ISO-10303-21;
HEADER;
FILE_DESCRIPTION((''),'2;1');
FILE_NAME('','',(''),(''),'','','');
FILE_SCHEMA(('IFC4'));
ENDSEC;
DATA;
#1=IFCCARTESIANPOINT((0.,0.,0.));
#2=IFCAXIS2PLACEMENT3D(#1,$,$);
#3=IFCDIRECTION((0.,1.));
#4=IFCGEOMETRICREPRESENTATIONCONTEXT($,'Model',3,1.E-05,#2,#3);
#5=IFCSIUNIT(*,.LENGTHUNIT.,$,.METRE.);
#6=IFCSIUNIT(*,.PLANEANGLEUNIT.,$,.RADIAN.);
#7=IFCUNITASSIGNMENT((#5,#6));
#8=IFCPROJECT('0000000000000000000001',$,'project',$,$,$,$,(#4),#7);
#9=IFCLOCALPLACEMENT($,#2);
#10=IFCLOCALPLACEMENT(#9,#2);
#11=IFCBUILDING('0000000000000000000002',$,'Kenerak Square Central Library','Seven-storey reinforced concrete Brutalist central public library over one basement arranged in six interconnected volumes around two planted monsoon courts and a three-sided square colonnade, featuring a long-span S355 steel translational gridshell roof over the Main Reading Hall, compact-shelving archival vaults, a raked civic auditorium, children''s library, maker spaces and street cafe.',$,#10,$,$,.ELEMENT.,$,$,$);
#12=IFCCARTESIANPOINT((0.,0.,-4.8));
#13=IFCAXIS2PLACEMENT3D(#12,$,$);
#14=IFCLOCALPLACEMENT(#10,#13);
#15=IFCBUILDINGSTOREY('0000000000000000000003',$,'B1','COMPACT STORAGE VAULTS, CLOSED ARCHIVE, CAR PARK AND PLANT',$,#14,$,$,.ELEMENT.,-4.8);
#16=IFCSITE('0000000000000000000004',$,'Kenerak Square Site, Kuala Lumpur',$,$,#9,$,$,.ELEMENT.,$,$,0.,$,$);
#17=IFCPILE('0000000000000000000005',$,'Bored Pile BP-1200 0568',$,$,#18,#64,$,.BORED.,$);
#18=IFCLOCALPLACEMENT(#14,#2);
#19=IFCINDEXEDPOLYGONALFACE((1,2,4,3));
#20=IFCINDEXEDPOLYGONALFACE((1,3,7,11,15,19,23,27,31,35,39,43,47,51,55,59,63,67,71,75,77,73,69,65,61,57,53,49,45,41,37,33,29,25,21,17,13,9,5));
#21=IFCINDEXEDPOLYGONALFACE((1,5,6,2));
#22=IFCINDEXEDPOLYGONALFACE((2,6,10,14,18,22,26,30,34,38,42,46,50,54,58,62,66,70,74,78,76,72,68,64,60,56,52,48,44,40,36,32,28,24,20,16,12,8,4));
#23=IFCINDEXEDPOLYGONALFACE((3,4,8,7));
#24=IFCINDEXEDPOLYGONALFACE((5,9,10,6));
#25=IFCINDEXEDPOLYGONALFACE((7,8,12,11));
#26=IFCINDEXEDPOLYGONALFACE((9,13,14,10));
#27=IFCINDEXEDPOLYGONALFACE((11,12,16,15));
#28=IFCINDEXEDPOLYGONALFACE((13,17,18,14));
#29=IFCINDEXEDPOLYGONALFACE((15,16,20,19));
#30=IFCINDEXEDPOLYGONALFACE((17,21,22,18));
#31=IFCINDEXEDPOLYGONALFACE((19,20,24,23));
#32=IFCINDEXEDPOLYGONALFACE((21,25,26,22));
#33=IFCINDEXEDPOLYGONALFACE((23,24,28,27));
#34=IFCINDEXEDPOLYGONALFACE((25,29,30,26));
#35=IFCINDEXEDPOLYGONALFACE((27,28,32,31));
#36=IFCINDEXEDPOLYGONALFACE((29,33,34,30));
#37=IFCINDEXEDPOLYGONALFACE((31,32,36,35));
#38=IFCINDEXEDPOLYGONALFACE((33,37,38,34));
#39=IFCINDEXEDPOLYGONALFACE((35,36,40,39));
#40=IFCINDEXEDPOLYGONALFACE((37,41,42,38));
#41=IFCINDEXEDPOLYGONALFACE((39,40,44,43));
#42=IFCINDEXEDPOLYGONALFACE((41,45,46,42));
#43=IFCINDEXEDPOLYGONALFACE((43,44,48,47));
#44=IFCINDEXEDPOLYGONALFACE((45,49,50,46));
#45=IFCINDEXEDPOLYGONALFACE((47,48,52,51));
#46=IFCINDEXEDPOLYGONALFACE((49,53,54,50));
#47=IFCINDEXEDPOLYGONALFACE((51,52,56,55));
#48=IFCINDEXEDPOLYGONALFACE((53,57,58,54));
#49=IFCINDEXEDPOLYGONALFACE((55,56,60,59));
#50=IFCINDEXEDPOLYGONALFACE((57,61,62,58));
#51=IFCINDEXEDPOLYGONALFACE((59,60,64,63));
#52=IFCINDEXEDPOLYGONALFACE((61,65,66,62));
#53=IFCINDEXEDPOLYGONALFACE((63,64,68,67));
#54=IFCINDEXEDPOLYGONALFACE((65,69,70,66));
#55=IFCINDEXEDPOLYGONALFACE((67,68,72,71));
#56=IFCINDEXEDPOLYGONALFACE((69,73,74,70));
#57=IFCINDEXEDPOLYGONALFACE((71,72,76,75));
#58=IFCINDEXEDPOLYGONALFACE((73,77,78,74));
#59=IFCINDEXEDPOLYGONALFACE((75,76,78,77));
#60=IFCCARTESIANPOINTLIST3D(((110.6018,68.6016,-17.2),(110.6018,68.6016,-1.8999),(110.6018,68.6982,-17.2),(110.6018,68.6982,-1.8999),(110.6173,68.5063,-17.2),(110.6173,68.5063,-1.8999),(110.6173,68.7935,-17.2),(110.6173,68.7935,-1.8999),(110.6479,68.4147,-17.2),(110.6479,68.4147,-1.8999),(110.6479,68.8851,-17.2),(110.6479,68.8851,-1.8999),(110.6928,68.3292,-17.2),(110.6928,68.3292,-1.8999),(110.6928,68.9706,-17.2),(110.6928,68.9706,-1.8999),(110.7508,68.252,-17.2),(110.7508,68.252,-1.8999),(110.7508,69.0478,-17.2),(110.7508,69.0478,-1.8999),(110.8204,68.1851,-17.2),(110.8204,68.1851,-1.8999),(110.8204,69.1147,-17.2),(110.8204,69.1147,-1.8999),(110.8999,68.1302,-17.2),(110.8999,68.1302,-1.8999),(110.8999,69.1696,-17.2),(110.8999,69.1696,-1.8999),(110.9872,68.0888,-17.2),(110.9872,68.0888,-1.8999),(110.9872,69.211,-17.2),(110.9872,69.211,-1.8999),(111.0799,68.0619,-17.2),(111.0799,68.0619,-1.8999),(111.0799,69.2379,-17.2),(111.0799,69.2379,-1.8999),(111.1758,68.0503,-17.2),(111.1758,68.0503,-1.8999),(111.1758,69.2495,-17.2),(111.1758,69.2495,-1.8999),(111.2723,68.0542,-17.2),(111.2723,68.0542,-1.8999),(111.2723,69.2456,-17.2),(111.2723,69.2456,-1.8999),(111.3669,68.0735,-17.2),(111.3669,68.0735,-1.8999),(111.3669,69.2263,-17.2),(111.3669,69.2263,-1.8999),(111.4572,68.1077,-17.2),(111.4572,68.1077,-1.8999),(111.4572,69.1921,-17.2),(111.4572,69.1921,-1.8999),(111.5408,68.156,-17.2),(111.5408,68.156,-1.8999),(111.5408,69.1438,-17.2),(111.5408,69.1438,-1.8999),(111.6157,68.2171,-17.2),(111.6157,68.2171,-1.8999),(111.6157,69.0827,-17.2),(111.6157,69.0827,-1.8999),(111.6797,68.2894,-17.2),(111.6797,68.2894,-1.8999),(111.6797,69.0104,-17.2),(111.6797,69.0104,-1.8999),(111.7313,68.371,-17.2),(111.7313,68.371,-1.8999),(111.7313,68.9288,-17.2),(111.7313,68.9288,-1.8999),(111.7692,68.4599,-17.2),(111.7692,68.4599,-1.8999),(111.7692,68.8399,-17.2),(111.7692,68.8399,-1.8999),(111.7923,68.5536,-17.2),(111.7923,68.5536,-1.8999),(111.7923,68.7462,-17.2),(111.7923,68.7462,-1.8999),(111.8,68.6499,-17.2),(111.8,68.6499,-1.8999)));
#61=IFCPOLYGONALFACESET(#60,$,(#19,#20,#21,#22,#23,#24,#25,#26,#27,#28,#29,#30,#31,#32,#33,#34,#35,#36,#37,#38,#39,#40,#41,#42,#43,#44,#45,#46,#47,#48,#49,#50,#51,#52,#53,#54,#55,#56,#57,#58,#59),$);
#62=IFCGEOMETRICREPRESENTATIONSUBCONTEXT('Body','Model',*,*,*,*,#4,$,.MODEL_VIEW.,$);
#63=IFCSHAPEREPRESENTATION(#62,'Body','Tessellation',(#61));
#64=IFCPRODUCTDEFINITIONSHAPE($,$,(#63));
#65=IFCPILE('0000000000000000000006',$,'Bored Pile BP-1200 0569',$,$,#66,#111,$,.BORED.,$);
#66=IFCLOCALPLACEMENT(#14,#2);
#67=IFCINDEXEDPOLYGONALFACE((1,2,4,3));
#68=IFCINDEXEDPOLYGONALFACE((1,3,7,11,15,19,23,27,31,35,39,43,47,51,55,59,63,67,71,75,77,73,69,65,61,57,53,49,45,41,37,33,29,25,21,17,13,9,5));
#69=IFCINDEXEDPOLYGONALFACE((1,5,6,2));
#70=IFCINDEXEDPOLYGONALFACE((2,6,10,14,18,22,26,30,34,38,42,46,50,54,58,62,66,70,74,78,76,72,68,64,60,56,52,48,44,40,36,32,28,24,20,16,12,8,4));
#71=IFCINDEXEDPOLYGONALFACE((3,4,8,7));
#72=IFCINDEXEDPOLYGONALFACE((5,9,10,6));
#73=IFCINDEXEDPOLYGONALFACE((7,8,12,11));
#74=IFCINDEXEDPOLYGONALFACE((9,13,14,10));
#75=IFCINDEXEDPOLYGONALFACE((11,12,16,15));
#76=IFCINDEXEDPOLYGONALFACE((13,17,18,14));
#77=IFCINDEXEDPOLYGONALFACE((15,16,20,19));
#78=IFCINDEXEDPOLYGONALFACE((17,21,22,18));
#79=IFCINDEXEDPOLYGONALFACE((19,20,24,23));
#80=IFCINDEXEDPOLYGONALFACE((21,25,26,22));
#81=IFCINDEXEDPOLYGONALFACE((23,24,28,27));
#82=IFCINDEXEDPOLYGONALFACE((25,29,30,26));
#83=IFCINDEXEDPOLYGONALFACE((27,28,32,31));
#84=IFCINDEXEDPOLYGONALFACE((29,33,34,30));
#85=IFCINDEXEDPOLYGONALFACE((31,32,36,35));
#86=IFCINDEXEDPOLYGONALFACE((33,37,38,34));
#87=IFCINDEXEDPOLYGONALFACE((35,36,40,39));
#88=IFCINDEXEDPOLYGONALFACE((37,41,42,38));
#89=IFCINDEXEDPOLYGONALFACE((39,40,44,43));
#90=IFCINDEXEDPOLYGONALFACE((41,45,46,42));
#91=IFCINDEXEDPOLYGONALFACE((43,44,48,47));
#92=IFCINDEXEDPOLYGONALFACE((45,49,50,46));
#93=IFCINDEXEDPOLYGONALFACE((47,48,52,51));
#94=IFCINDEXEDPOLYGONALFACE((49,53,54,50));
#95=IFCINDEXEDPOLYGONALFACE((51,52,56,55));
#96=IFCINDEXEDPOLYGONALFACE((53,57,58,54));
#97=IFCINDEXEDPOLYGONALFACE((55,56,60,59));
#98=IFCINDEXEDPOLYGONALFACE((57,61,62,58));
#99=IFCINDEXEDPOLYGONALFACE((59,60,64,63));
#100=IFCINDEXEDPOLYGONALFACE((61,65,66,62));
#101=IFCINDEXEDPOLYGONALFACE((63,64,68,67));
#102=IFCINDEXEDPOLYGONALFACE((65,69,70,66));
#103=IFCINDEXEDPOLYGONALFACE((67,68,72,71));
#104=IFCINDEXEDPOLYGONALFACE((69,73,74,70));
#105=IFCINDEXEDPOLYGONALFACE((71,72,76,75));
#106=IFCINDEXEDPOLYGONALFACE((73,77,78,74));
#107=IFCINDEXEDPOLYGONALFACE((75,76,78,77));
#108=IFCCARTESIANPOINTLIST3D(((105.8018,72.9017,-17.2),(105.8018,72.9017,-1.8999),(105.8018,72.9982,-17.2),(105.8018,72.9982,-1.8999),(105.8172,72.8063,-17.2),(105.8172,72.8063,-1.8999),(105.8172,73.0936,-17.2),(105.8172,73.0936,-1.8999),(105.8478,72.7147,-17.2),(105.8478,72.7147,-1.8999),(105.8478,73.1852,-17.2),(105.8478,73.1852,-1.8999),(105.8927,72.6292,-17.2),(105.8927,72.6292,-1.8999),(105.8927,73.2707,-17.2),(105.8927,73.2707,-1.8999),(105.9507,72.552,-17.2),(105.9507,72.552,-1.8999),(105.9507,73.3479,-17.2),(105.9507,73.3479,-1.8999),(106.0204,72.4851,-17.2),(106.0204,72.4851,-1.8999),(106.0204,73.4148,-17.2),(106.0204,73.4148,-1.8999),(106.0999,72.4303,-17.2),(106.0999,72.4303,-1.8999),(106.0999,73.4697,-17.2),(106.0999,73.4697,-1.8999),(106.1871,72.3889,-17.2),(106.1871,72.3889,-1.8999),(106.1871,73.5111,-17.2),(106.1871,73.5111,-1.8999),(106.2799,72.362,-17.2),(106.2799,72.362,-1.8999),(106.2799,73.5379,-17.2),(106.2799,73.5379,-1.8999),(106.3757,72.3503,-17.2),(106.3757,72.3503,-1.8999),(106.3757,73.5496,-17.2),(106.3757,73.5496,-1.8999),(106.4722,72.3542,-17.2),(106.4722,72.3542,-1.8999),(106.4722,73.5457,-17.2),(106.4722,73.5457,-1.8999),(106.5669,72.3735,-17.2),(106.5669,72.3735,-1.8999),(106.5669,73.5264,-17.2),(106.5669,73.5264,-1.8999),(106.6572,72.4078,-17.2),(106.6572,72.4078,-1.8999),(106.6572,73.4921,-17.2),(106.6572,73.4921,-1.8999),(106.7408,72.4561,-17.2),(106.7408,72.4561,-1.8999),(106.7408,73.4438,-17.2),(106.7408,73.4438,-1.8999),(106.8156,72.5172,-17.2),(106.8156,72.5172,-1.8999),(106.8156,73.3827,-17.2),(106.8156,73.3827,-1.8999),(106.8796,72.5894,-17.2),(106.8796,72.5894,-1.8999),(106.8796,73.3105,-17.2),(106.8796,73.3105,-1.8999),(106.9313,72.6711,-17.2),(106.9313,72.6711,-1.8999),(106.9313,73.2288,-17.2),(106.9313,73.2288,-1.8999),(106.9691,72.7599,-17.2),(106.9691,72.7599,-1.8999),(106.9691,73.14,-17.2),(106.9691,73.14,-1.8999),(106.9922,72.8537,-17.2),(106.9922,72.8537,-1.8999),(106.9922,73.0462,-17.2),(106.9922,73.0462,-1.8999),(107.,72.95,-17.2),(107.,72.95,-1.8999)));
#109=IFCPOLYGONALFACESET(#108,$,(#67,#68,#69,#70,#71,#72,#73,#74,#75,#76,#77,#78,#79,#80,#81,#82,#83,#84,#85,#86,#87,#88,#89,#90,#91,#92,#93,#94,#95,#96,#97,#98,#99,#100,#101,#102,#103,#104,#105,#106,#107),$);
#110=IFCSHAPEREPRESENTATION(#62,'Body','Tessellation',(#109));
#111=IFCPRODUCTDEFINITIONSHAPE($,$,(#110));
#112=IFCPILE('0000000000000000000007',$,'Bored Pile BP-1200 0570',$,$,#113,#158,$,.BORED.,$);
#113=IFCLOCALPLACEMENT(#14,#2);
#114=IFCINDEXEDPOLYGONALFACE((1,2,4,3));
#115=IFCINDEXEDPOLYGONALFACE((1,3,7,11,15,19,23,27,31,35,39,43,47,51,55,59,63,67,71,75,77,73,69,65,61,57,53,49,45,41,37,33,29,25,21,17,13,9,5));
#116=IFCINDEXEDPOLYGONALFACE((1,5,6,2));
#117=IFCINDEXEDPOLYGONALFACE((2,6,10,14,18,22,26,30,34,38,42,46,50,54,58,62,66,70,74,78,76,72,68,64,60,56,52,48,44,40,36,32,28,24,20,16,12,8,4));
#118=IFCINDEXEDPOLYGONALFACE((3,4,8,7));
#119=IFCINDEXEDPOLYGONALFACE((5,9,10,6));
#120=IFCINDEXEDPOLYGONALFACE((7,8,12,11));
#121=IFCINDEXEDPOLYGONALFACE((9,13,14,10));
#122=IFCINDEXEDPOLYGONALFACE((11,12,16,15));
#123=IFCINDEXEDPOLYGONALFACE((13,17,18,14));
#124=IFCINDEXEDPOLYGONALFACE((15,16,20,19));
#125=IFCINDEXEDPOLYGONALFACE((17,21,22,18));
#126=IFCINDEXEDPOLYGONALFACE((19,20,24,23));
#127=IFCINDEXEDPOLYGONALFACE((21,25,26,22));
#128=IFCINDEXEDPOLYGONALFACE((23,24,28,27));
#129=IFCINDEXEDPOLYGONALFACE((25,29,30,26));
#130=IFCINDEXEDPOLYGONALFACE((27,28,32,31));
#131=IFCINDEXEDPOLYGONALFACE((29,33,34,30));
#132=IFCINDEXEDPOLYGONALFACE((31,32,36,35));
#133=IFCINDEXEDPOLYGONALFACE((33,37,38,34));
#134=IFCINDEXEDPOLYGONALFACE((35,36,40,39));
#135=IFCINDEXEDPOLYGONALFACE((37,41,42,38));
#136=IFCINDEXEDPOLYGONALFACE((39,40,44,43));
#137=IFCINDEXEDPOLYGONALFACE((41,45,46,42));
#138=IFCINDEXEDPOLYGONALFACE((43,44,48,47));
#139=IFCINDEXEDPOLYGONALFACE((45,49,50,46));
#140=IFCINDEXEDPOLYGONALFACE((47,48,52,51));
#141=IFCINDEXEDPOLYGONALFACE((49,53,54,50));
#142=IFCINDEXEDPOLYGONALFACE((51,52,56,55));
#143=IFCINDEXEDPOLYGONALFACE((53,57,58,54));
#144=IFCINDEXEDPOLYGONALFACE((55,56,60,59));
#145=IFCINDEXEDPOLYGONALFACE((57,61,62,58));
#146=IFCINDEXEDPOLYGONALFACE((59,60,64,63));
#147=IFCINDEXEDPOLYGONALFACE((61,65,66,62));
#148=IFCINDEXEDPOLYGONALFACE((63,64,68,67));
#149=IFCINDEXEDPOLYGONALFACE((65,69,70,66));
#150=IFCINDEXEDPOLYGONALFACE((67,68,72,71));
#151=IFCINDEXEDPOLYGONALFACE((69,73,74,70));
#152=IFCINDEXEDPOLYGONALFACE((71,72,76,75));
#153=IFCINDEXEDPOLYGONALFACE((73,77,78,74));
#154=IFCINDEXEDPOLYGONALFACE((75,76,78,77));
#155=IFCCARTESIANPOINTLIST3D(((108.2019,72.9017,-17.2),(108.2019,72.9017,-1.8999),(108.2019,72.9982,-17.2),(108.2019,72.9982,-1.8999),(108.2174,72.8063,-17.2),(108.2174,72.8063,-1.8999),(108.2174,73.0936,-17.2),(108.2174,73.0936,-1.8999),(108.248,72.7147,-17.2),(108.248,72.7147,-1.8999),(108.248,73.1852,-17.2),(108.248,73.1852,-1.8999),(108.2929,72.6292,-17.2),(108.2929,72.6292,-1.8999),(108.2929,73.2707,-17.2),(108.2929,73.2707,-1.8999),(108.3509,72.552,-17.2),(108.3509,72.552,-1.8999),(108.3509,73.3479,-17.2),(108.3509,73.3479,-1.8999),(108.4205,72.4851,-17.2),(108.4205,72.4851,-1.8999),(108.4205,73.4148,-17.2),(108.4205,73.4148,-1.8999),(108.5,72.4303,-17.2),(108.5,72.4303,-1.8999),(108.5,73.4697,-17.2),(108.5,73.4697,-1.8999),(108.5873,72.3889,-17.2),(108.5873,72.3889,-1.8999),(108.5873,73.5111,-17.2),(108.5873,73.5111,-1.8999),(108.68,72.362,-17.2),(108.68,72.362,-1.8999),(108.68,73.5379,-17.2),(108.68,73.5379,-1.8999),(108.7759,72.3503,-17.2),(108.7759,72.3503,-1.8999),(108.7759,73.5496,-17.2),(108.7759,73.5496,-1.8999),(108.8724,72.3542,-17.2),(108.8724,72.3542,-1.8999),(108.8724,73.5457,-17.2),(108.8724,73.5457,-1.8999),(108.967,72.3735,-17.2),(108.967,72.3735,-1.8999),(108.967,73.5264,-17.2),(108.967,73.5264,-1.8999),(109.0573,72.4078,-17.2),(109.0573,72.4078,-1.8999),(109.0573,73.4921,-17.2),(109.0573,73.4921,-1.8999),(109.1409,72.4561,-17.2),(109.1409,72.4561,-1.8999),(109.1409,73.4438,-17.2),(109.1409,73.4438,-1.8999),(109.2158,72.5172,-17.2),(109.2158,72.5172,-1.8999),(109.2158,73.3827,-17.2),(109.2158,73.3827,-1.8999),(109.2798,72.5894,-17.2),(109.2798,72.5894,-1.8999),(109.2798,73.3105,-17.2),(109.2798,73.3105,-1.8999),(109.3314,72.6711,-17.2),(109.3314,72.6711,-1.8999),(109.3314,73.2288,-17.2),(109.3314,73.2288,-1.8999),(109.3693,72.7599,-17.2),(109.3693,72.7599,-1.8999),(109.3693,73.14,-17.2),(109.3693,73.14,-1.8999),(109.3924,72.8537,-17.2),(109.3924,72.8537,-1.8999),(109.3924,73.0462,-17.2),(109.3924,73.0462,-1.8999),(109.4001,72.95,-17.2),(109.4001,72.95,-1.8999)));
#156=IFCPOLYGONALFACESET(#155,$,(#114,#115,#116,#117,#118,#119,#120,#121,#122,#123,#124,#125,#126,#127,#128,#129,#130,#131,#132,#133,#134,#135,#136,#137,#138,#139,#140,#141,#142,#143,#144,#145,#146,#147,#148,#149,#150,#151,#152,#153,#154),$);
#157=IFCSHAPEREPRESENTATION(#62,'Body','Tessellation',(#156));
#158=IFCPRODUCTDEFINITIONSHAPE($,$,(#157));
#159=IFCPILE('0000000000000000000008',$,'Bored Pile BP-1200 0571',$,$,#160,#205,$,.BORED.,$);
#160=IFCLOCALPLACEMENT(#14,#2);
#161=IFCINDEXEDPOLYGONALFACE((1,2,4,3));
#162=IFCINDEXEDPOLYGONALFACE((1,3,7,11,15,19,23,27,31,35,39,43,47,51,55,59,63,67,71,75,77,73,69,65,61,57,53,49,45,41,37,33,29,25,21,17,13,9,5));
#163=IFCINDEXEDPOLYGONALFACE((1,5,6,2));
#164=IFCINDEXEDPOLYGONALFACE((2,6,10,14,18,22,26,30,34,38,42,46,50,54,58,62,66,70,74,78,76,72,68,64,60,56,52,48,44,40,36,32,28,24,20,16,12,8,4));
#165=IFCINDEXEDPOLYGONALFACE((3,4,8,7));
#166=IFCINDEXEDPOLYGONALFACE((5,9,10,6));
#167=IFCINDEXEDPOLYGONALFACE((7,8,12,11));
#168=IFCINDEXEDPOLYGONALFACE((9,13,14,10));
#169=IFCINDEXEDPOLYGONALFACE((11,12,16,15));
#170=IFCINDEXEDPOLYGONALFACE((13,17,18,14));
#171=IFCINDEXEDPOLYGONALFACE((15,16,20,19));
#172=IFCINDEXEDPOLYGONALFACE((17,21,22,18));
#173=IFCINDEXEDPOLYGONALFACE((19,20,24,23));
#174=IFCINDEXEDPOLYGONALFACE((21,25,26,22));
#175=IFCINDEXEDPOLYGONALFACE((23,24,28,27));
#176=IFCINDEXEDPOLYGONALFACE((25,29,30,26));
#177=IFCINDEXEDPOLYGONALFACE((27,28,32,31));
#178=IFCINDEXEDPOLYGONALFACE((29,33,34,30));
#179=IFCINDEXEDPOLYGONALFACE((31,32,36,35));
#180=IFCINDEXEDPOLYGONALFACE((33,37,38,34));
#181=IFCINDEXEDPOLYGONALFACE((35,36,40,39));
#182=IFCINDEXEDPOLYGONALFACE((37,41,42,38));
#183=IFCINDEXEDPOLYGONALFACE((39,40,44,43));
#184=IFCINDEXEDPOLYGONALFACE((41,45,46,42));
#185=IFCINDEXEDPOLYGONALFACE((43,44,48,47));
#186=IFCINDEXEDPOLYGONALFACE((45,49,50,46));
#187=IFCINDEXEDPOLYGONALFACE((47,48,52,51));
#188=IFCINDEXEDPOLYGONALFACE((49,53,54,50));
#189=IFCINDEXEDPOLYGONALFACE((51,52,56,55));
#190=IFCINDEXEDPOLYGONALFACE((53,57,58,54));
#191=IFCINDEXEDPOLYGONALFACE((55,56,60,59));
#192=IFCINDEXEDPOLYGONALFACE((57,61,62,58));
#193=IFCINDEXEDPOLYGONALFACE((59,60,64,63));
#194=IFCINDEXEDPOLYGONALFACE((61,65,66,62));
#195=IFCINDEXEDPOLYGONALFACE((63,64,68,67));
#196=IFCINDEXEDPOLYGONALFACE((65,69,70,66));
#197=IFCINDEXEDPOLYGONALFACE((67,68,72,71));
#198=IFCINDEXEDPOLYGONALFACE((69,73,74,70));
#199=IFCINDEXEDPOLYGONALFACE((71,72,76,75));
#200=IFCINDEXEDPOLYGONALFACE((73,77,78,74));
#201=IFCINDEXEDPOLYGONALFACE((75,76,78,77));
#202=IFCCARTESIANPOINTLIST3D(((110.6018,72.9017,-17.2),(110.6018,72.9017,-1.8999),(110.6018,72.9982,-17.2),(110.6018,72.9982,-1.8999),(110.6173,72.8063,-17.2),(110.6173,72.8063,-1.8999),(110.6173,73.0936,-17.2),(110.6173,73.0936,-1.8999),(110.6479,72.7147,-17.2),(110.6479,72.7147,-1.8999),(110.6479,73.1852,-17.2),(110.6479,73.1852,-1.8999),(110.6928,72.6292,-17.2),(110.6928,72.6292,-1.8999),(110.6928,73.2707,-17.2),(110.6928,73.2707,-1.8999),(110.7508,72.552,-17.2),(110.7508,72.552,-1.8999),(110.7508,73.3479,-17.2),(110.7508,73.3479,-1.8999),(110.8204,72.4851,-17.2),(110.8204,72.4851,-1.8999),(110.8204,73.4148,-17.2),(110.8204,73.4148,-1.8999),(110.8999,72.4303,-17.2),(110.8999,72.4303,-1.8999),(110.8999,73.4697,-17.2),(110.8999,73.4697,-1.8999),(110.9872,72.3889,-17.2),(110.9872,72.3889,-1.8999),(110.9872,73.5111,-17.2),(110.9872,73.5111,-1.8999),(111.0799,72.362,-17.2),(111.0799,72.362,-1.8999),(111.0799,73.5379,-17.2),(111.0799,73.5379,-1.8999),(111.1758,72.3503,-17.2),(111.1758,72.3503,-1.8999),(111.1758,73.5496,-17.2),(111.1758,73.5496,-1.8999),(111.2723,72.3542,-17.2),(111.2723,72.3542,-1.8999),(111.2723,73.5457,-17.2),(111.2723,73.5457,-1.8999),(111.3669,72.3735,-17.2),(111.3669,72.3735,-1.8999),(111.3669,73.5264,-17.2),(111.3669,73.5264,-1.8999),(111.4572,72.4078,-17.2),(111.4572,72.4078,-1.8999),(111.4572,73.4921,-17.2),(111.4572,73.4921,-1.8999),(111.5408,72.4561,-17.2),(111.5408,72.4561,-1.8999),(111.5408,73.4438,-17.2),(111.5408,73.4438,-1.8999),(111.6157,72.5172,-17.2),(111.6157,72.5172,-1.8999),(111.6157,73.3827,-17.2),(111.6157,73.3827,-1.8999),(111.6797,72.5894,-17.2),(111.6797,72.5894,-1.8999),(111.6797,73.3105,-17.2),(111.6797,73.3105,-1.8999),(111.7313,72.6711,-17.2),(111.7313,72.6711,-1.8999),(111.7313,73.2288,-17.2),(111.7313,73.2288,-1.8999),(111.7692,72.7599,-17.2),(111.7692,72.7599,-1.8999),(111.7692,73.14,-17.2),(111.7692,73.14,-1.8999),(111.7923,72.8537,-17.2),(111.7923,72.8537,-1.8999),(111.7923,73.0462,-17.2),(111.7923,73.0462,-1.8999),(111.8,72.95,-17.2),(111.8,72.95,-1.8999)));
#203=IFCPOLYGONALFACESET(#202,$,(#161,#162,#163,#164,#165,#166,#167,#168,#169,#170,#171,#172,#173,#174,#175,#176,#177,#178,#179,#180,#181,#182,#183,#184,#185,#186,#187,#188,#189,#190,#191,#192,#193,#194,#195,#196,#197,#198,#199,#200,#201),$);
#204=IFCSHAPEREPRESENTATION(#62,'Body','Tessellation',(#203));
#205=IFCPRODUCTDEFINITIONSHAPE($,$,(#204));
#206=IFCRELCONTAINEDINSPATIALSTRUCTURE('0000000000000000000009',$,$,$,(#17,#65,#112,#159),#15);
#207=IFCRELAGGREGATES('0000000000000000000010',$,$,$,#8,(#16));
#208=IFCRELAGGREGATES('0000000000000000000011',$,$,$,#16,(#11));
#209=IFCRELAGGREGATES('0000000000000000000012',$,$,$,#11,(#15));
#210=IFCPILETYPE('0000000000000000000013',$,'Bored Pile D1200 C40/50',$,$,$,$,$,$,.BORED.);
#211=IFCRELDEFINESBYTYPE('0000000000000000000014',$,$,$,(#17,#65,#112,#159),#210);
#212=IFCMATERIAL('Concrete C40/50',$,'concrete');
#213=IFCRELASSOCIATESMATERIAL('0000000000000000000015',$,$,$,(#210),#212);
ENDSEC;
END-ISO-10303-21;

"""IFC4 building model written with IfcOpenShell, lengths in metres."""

from ifc_helpers import new_model, si_unit, direction, frame, origin, origin_2d, place, context, subcontext, project, spatial, circle, extrude, material, material_profile, profile_set, type_object, element, save


model = new_model("IFC4")

# Units and contexts
model_context = context("Model", 3, precision=1e-05, world=origin(), true_north=direction((0.0, 1.0)))
body_context = subcontext(model_context, "Body", "Model", "MODEL_VIEW")
ifc_project = project(units=[si_unit("LENGTHUNIT", "METRE"), si_unit("PLANEANGLEUNIT", "RADIAN")], contexts=[model_context])

# Site, building, storey
site_placement = place(None, origin())
site = spatial("IfcSite", under=ifc_project, at=site_placement, Name="Kenerak Square Site, Kuala Lumpur", CompositionType="ELEMENT", RefElevation=0.0)
building_placement = place(site_placement, origin())
building = spatial("IfcBuilding", under=site, at=building_placement, Name="Kenerak Square Central Library", Description="Seven-storey reinforced concrete Brutalist central public library over one basement arranged in six interconnected volumes around two planted monsoon courts and a three-sided square colonnade, featuring a long-span S355 steel translational gridshell roof over the Main Reading Hall, compact-shelving archival vaults, a raked civic auditorium, children's library, maker spaces and street cafe.", CompositionType="ELEMENT")
storey_placement = place(building_placement, frame((0.0, 0.0, -4.8)))
storey = spatial("IfcBuildingStorey", under=building, at=storey_placement, Name="B1", Description="COMPACT STORAGE VAULTS, CLOSED ARCHIVE, CAR PARK AND PLANT", CompositionType="ELEMENT", Elevation=-4.8)

# Piles
ifc_material_1 = material(Name="Concrete C40/50", Category="concrete")
ifc_material_profile_1 = material_profile(ifc_material_1, circle(Radius=0.6001, at=origin_2d()), Name="BP D1200")
ifc_profile_set_1 = profile_set([ifc_material_profile_1], Name="Concrete C40/50")
pile_type = type_object("IfcPileType", Name="Bored Pile D1200 C40/50", PredefinedType="BORED", material=ifc_profile_set_1)
for number, where, z_axis, x_axis, name in (
    (1, (111.2, 68.6499, -1.8999), (0.0, 0.0, -1.0), (1.0, 0.0, 0.0), "Bored Pile BP-1200 0568"),
    (2, (106.3999, 72.95, -1.8999), (0.0, 0.0, -1.0), (1.0, 0.0, 0.0), "Bored Pile BP-1200 0569"),
    (3, (108.8, 72.95, -1.8999), (0.0, 0.0, -1.0), (1.0, 0.0, 0.0), "Bored Pile BP-1200 0570"),
    (4, (111.2, 72.95, -1.8999), (0.0, 0.0, -1.0), (1.0, 0.0, 0.0), "Bored Pile BP-1200 0571"),
):
    element("IfcPile", number, at=place(storey_placement, frame(where, z_axis=z_axis, x_axis=x_axis)), inside=storey, type_object=pile_type, Name=name, PredefinedType="BORED", context=body_context, shape_type="SweptSolid", body=[
        extrude(circle(Radius=0.6001, at=origin_2d()), origin(), (0.0, 0.0, 1.0), 15.3),
    ])

save(model, "model.ifc")
